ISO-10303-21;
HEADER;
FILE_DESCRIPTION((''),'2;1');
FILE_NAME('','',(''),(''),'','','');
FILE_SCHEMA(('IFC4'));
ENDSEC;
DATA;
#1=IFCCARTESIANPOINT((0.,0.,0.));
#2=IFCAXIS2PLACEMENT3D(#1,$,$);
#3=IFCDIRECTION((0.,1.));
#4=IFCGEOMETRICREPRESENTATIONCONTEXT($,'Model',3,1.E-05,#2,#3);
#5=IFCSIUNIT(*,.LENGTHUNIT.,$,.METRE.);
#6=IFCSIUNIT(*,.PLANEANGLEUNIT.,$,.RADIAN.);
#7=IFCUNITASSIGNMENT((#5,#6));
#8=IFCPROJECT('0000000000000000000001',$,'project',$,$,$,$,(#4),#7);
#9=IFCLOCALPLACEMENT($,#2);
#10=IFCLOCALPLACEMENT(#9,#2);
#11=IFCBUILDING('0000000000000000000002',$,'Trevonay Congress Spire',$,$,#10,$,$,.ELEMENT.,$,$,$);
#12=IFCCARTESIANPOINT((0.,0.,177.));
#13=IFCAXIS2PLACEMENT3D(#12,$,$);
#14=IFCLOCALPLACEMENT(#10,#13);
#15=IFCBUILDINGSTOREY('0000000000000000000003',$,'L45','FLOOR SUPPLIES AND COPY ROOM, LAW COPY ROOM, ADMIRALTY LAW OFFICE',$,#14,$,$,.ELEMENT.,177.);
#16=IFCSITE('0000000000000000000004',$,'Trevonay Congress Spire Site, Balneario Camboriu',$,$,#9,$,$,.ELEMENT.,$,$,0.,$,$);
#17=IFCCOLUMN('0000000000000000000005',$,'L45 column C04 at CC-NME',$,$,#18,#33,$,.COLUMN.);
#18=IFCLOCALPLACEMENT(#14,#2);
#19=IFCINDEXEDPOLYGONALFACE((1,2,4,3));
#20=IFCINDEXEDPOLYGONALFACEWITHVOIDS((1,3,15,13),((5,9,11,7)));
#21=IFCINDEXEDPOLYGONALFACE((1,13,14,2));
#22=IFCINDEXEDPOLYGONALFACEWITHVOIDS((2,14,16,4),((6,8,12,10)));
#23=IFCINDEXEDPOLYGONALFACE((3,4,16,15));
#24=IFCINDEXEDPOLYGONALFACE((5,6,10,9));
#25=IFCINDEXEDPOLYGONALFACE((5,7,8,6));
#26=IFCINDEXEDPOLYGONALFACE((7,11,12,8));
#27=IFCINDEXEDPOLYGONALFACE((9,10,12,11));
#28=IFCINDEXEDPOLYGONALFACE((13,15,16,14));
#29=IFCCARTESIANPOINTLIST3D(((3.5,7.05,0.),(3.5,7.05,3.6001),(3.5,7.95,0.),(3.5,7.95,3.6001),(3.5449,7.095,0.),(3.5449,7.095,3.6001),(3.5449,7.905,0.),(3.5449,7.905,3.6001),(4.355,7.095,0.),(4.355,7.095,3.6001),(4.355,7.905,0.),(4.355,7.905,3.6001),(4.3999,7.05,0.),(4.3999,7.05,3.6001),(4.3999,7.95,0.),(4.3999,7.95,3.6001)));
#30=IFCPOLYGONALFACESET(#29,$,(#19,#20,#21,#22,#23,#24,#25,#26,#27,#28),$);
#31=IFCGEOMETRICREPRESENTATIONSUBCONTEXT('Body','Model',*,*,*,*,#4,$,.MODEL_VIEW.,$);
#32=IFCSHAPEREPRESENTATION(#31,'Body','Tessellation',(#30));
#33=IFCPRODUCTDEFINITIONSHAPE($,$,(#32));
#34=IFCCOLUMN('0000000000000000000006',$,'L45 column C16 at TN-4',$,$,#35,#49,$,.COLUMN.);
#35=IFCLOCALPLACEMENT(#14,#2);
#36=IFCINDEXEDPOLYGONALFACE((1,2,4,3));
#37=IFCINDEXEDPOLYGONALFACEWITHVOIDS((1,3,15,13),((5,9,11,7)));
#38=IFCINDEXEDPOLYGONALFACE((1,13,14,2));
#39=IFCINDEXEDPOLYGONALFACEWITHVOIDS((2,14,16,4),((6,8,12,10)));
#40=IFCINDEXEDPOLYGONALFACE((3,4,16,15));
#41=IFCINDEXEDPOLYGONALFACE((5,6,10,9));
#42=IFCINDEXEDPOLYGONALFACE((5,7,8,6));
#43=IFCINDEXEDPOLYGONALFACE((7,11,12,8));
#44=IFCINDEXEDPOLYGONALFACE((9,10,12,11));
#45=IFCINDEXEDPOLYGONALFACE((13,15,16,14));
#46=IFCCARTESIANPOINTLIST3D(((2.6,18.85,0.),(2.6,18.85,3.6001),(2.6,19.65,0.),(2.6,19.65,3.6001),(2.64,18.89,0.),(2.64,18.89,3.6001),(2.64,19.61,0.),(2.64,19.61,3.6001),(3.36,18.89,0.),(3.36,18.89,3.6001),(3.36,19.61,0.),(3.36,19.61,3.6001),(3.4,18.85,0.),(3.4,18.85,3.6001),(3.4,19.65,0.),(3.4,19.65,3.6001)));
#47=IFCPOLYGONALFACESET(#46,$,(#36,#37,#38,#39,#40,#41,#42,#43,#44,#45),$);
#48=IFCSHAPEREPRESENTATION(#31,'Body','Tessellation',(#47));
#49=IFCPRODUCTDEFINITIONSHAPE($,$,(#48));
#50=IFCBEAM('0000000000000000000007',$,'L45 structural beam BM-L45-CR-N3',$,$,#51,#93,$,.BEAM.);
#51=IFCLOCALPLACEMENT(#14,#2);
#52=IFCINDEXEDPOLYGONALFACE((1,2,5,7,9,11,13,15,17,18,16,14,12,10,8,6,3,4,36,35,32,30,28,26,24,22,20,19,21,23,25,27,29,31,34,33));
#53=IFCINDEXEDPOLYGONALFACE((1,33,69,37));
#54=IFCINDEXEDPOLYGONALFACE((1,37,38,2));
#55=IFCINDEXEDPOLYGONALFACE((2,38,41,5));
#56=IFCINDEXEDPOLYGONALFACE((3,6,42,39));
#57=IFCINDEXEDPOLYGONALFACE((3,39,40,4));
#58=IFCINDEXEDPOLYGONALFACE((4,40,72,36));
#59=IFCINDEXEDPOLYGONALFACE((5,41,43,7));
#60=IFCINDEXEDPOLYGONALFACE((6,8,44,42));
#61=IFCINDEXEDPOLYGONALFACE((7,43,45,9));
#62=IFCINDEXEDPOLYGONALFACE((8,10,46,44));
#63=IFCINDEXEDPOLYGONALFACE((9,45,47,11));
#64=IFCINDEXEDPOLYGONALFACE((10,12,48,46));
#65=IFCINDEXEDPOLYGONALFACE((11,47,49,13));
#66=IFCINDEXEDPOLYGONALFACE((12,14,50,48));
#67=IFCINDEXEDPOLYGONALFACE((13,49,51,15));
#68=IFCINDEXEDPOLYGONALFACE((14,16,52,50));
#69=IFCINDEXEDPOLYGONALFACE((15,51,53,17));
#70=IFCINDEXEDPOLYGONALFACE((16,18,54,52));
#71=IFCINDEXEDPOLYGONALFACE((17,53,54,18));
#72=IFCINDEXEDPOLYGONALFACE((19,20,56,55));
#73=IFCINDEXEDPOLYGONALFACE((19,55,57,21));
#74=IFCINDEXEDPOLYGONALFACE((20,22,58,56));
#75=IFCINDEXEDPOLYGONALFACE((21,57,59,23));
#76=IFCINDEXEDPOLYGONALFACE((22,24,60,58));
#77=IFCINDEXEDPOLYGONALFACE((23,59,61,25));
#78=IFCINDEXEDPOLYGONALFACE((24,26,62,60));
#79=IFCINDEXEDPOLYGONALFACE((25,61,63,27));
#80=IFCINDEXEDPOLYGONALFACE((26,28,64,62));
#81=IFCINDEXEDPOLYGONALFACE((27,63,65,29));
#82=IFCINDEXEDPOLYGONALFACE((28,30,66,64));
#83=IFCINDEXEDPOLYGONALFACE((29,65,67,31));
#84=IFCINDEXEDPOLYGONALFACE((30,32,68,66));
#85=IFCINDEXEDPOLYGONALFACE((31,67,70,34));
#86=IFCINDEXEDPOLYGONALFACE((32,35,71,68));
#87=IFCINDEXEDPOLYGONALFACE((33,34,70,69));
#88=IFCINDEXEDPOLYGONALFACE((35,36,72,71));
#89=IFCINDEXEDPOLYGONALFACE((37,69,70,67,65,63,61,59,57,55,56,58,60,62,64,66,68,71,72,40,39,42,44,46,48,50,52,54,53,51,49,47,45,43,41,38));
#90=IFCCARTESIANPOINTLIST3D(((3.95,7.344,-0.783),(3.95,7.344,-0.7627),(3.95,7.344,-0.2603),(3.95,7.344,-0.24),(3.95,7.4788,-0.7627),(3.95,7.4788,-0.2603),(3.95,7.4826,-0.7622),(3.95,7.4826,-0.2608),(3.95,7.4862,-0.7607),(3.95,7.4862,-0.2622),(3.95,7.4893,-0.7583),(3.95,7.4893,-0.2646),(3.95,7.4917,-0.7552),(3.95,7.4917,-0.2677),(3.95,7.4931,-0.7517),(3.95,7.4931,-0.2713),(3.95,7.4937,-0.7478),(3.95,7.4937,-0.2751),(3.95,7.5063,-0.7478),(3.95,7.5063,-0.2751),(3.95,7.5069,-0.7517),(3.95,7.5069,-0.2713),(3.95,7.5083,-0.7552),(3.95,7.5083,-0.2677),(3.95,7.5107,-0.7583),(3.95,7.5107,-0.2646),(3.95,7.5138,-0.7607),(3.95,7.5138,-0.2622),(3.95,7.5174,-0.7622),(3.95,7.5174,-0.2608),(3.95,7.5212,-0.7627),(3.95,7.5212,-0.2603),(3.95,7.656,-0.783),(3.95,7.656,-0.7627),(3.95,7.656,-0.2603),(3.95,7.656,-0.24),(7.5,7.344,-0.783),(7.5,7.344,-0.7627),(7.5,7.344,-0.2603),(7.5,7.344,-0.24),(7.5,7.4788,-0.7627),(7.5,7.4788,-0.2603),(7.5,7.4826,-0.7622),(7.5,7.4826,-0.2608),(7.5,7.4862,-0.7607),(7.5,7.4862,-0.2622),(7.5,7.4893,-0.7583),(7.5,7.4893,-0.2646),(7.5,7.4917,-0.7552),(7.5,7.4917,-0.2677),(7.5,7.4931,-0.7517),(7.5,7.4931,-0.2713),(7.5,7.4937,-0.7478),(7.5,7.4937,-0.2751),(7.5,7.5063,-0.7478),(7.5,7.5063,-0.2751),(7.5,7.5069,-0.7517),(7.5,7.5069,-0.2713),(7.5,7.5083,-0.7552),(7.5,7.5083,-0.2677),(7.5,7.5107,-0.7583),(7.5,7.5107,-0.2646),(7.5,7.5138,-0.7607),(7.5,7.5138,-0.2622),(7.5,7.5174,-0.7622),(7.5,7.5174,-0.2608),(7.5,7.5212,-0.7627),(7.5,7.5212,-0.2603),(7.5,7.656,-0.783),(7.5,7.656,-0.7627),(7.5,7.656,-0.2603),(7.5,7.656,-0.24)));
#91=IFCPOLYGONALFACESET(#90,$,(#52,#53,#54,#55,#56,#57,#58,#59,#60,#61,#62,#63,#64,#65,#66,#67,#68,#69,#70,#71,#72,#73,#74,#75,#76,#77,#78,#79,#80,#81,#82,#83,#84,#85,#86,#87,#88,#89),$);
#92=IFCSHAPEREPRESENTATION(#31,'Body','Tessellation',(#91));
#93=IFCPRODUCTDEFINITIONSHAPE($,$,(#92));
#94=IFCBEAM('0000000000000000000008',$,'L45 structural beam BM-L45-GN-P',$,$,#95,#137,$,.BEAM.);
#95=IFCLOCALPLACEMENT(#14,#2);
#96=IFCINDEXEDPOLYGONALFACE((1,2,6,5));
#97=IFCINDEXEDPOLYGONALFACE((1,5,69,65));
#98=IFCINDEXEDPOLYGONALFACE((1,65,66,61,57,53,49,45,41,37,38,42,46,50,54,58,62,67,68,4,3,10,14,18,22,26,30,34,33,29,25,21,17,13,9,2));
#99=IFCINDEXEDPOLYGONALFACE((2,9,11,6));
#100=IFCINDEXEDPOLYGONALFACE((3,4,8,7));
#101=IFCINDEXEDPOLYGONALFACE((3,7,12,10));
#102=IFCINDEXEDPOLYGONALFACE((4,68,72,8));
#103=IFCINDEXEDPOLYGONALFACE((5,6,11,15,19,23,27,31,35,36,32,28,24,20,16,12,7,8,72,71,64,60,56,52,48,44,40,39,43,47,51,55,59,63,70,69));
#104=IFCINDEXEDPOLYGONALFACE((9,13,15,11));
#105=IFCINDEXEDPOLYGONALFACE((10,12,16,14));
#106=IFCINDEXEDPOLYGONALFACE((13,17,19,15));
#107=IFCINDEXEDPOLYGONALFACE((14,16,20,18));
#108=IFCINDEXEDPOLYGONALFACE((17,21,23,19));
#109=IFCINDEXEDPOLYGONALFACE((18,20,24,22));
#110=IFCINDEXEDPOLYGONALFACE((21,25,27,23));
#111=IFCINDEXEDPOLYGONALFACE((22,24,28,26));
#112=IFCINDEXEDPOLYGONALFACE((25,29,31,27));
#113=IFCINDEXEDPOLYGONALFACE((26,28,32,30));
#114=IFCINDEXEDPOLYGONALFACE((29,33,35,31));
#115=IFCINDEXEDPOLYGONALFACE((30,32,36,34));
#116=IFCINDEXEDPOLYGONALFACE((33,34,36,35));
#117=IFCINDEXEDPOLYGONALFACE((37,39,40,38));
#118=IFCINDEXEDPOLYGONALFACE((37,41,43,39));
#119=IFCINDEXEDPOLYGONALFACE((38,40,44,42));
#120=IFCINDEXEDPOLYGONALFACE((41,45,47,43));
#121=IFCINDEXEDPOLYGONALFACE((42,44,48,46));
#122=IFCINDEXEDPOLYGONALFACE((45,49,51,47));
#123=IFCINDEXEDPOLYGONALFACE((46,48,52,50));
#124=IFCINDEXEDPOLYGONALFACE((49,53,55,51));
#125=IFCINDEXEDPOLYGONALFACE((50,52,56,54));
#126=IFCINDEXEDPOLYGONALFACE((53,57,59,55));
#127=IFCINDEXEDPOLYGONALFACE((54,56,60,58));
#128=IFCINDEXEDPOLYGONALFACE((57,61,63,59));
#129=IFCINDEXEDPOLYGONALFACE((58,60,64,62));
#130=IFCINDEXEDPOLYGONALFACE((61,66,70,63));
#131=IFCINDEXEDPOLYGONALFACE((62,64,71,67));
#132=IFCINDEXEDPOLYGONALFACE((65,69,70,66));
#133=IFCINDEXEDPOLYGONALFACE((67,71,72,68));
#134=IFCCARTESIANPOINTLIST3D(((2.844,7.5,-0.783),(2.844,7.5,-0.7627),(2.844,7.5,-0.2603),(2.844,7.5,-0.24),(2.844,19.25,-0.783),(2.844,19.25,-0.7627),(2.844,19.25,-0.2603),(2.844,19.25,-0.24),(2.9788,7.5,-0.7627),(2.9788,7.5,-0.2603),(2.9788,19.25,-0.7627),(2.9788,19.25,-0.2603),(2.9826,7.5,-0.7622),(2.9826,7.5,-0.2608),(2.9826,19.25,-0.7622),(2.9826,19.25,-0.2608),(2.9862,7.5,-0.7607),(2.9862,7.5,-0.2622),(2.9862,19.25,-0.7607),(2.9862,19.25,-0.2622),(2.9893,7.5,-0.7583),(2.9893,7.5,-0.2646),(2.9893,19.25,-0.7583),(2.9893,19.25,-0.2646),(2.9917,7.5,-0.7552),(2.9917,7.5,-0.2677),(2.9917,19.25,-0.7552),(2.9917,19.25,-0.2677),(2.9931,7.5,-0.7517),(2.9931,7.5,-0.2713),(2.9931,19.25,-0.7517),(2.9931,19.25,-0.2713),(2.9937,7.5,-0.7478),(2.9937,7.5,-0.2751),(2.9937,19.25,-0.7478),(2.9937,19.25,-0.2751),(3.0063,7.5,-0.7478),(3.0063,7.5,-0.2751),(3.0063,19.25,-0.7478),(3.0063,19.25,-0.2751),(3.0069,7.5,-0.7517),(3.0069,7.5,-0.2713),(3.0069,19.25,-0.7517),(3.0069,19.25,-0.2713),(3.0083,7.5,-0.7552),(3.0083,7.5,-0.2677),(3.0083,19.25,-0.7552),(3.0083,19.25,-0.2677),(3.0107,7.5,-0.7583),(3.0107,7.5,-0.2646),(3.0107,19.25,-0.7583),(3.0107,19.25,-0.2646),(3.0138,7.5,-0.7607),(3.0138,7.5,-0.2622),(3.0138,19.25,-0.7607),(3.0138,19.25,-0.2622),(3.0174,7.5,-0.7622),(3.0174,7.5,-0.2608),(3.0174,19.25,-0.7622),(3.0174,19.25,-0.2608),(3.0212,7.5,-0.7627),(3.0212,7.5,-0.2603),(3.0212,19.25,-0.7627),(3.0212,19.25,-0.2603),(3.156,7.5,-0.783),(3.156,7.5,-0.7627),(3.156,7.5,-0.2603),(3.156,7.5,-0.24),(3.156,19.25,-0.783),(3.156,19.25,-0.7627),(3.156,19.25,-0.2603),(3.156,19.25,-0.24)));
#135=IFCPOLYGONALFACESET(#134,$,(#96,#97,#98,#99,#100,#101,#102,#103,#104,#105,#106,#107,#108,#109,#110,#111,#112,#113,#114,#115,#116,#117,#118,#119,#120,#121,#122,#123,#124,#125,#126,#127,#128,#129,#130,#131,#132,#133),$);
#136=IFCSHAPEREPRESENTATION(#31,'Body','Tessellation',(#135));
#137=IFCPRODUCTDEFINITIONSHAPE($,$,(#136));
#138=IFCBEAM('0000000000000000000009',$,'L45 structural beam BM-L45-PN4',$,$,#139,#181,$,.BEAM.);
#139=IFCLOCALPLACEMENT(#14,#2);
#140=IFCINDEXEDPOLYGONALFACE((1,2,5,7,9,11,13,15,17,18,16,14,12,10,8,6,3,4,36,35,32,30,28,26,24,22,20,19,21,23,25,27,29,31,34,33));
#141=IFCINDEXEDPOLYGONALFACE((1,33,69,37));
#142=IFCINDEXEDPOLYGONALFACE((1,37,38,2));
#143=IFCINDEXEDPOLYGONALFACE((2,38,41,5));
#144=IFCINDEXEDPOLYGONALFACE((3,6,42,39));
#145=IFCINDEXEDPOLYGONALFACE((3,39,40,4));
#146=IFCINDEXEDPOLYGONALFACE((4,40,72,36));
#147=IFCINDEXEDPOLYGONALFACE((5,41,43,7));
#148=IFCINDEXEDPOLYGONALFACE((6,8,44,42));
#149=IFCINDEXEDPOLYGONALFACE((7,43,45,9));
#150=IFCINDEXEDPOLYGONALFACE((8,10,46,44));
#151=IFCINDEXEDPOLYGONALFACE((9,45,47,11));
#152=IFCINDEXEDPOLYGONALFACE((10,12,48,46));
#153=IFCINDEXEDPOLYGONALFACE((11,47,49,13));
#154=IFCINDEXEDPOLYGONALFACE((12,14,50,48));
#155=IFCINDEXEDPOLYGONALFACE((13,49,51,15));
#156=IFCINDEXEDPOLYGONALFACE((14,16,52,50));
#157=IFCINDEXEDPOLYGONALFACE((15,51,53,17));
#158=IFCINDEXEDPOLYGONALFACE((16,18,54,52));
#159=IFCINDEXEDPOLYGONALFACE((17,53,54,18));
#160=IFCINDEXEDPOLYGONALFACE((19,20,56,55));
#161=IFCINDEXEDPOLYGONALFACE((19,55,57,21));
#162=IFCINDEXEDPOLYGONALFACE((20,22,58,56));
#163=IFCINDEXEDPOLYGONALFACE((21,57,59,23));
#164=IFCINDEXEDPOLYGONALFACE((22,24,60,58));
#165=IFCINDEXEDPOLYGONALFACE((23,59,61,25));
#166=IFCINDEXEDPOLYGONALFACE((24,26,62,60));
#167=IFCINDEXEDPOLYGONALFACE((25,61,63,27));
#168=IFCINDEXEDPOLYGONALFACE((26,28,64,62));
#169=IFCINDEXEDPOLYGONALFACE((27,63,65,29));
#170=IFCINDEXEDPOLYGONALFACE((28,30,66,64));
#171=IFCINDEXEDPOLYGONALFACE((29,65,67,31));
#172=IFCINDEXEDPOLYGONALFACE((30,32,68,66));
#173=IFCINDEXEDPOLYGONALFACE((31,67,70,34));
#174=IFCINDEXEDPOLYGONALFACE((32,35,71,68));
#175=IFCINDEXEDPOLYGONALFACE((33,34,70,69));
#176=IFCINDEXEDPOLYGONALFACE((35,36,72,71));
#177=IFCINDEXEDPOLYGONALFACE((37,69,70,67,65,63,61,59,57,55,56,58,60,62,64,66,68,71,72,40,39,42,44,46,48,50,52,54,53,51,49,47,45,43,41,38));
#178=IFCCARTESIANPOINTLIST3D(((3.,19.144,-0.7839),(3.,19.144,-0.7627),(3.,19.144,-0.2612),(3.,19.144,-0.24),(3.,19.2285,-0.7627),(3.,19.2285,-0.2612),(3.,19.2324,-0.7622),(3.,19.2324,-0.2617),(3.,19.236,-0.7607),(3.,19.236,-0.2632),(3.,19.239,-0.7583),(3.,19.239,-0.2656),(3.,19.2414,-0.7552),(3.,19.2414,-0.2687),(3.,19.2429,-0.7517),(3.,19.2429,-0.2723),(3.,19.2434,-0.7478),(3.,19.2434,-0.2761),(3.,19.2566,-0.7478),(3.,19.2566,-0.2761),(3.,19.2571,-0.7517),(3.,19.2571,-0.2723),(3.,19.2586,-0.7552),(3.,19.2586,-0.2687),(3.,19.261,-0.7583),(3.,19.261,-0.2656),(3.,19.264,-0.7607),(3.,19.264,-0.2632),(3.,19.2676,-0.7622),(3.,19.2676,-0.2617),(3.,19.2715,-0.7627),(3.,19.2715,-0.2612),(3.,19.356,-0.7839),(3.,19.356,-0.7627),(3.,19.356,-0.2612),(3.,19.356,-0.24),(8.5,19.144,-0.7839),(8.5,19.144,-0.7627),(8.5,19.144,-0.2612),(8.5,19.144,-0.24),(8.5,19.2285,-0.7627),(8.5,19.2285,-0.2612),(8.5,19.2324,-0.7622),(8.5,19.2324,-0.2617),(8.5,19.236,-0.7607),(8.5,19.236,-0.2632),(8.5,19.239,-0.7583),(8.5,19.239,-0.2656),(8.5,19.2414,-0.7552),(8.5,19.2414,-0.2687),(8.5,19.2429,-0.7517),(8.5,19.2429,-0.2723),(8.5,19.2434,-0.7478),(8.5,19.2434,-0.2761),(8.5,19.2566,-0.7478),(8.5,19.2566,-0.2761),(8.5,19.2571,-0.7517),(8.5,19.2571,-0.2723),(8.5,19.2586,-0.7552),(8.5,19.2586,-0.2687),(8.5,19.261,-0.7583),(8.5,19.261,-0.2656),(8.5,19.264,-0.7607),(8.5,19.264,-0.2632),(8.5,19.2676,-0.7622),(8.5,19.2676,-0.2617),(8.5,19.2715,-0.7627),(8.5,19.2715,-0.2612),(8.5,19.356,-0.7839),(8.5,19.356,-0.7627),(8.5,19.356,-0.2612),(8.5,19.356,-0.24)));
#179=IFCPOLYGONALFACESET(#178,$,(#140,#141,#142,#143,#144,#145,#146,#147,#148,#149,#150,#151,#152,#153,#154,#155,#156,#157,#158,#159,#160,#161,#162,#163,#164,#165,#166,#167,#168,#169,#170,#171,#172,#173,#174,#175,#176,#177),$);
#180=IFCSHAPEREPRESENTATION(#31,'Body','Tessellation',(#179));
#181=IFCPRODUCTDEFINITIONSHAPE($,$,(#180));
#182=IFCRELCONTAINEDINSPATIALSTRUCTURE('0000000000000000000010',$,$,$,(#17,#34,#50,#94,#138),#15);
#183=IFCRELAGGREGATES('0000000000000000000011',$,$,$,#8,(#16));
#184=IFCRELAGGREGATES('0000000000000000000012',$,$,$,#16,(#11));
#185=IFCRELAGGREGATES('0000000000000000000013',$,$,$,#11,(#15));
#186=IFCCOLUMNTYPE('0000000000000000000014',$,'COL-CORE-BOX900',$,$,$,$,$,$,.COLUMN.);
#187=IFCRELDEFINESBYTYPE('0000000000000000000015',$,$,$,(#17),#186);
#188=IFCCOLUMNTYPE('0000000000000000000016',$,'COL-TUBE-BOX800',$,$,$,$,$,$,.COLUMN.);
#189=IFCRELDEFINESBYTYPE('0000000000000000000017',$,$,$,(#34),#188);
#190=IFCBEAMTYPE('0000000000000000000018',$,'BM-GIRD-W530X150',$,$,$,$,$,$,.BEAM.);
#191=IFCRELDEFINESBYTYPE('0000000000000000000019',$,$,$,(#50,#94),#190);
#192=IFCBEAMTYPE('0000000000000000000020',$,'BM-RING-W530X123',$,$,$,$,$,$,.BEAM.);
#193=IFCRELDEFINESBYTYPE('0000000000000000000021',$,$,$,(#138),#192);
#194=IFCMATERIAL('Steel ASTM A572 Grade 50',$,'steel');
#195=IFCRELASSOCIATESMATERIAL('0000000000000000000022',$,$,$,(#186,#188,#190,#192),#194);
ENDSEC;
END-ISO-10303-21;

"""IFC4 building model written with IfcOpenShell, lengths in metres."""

from ifc_helpers import new_model, si_unit, direction, frame, origin, origin_2d, place, context, subcontext, project, spatial, hollow_rectangle, i_section, extrude, material, material_profile, profile_set, type_object, element, save


model = new_model("IFC4")

# Units and contexts
model_context = context("Model", 3, precision=1e-05, world=origin(), true_north=direction((0.0, 1.0)))
body_context = subcontext(model_context, "Body", "Model", "MODEL_VIEW")
ifc_project = project(units=[si_unit("LENGTHUNIT", "METRE"), si_unit("PLANEANGLEUNIT", "RADIAN")], contexts=[model_context])

# Site, building, storey
site_placement = place(None, origin())
site = spatial("IfcSite", under=ifc_project, at=site_placement, Name="Trevonay Congress Spire Site, Balneario Camboriu", CompositionType="ELEMENT", RefElevation=0.0)
building_placement = place(site_placement, origin())
building = spatial("IfcBuilding", under=site, at=building_placement, Name="Trevonay Congress Spire", CompositionType="ELEMENT")
storey_placement = place(building_placement, frame((0.0, 0.0, 177.0)))
storey = spatial("IfcBuildingStorey", under=building, at=storey_placement, Name="L45", Description="FLOOR SUPPLIES AND COPY ROOM, LAW COPY ROOM, ADMIRALTY LAW OFFICE", CompositionType="ELEMENT", Elevation=177.0)

# Columns
ifc_material_1 = material(Name="Steel ASTM A572 Grade 50", Category="steel")
ifc_material_profile_1 = material_profile(ifc_material_1, hollow_rectangle(XDim=0.8999, YDim=0.8999, WallThickness=0.0449, at=origin_2d()), Name="BOX 900x900x45")
ifc_profile_set_1 = profile_set([ifc_material_profile_1], Name="Steel ASTM A572 Grade 50")
column_type_1 = type_object("IfcColumnType", Name="COL-CORE-BOX900", PredefinedType="COLUMN", material=ifc_profile_set_1)
column_1_placement = place(storey_placement, frame((3.95, 7.5, 0.0), z_axis=(0.0, 0.0, 1.0), x_axis=(1.0, 0.0, 0.0)))
element("IfcColumn", 1, at=column_1_placement, inside=storey, type_object=column_type_1, Name="L45 column C04 at CC-NME", PredefinedType="COLUMN", context=body_context, shape_type="SweptSolid", body=[
    extrude(hollow_rectangle(XDim=0.8999, YDim=0.8999, WallThickness=0.0449, at=origin_2d()), origin(), (0.0, 0.0, 1.0), 3.6001),
])
ifc_material_profile_2 = material_profile(ifc_material_1, hollow_rectangle(XDim=0.8, YDim=0.8, WallThickness=0.04, at=origin_2d()), Name="BOX 800x800x40")
ifc_profile_set_2 = profile_set([ifc_material_profile_2], Name="Steel ASTM A572 Grade 50")
column_type_2 = type_object("IfcColumnType", Name="COL-TUBE-BOX800", PredefinedType="COLUMN", material=ifc_profile_set_2)
column_2_placement = place(storey_placement, frame((3.0, 19.25, 0.0), z_axis=(0.0, 0.0, 1.0), x_axis=(1.0, 0.0, 0.0)))
element("IfcColumn", 2, at=column_2_placement, inside=storey, type_object=column_type_2, Name="L45 column C16 at TN-4", PredefinedType="COLUMN", context=body_context, shape_type="SweptSolid", body=[
    extrude(hollow_rectangle(XDim=0.8, YDim=0.8, WallThickness=0.04, at=origin_2d()), origin(), (0.0, 0.0, 1.0), 3.6001),
])

# Beams
ifc_material_profile_3 = material_profile(ifc_material_1, i_section(OverallWidth=0.312, OverallDepth=0.543, WebThickness=0.0127, FlangeThickness=0.0203, FilletRadius=0.0149, at=origin_2d()), Name="W530x150")
ifc_profile_set_3 = profile_set([ifc_material_profile_3], Name="Steel ASTM A572 Grade 50")
beam_type_1 = type_object("IfcBeamType", Name="BM-GIRD-W530X150", PredefinedType="BEAM", material=ifc_profile_set_3)
beam_1_placement = place(storey_placement, frame((3.95, 7.5, -0.5115), z_axis=(1.0, 0.0, 0.0), x_axis=(0.0, 1.0, 0.0)))
element("IfcBeam", 3, at=beam_1_placement, inside=storey, type_object=beam_type_1, Name="L45 structural beam BM-L45-CR-N3", PredefinedType="BEAM", context=body_context, shape_type="SweptSolid", body=[
    extrude(i_section(OverallWidth=0.312, OverallDepth=0.543, WebThickness=0.0127, FlangeThickness=0.0203, FilletRadius=0.0149, at=origin_2d()), origin(), (0.0, 0.0, 1.0), 3.55),
])
beam_2_placement = place(storey_placement, frame((3.0, 7.5, -0.5115), z_axis=(0.0, 1.0, 0.0), x_axis=(-1.0, 0.0, 0.0)))
element("IfcBeam", 4, at=beam_2_placement, inside=storey, type_object=beam_type_1, Name="L45 structural beam BM-L45-GN-P", PredefinedType="BEAM", context=body_context, shape_type="SweptSolid", body=[
    extrude(i_section(OverallWidth=0.312, OverallDepth=0.543, WebThickness=0.0127, FlangeThickness=0.0203, FilletRadius=0.0149, at=origin_2d()), origin(), (0.0, 0.0, 1.0), 11.75),
])
ifc_material_profile_4 = material_profile(ifc_material_1, i_section(OverallWidth=0.2119, OverallDepth=0.5439, WebThickness=0.0132, FlangeThickness=0.0212, FilletRadius=0.0149, at=origin_2d()), Name="W530x123")
ifc_profile_set_4 = profile_set([ifc_material_profile_4], Name="Steel ASTM A572 Grade 50")
beam_type_2 = type_object("IfcBeamType", Name="BM-RING-W530X123", PredefinedType="BEAM", material=ifc_profile_set_4)
beam_3_placement = place(storey_placement, frame((3.0, 19.25, -0.512), z_axis=(1.0, 0.0, 0.0), x_axis=(0.0, 1.0, 0.0)))
element("IfcBeam", 5, at=beam_3_placement, inside=storey, type_object=beam_type_2, Name="L45 structural beam BM-L45-PN4", PredefinedType="BEAM", context=body_context, shape_type="SweptSolid", body=[
    extrude(i_section(OverallWidth=0.2119, OverallDepth=0.5439, WebThickness=0.0132, FlangeThickness=0.0212, FilletRadius=0.0149, at=origin_2d()), origin(), (0.0, 0.0, 1.0), 5.5),
])

save(model, "model.ifc")
